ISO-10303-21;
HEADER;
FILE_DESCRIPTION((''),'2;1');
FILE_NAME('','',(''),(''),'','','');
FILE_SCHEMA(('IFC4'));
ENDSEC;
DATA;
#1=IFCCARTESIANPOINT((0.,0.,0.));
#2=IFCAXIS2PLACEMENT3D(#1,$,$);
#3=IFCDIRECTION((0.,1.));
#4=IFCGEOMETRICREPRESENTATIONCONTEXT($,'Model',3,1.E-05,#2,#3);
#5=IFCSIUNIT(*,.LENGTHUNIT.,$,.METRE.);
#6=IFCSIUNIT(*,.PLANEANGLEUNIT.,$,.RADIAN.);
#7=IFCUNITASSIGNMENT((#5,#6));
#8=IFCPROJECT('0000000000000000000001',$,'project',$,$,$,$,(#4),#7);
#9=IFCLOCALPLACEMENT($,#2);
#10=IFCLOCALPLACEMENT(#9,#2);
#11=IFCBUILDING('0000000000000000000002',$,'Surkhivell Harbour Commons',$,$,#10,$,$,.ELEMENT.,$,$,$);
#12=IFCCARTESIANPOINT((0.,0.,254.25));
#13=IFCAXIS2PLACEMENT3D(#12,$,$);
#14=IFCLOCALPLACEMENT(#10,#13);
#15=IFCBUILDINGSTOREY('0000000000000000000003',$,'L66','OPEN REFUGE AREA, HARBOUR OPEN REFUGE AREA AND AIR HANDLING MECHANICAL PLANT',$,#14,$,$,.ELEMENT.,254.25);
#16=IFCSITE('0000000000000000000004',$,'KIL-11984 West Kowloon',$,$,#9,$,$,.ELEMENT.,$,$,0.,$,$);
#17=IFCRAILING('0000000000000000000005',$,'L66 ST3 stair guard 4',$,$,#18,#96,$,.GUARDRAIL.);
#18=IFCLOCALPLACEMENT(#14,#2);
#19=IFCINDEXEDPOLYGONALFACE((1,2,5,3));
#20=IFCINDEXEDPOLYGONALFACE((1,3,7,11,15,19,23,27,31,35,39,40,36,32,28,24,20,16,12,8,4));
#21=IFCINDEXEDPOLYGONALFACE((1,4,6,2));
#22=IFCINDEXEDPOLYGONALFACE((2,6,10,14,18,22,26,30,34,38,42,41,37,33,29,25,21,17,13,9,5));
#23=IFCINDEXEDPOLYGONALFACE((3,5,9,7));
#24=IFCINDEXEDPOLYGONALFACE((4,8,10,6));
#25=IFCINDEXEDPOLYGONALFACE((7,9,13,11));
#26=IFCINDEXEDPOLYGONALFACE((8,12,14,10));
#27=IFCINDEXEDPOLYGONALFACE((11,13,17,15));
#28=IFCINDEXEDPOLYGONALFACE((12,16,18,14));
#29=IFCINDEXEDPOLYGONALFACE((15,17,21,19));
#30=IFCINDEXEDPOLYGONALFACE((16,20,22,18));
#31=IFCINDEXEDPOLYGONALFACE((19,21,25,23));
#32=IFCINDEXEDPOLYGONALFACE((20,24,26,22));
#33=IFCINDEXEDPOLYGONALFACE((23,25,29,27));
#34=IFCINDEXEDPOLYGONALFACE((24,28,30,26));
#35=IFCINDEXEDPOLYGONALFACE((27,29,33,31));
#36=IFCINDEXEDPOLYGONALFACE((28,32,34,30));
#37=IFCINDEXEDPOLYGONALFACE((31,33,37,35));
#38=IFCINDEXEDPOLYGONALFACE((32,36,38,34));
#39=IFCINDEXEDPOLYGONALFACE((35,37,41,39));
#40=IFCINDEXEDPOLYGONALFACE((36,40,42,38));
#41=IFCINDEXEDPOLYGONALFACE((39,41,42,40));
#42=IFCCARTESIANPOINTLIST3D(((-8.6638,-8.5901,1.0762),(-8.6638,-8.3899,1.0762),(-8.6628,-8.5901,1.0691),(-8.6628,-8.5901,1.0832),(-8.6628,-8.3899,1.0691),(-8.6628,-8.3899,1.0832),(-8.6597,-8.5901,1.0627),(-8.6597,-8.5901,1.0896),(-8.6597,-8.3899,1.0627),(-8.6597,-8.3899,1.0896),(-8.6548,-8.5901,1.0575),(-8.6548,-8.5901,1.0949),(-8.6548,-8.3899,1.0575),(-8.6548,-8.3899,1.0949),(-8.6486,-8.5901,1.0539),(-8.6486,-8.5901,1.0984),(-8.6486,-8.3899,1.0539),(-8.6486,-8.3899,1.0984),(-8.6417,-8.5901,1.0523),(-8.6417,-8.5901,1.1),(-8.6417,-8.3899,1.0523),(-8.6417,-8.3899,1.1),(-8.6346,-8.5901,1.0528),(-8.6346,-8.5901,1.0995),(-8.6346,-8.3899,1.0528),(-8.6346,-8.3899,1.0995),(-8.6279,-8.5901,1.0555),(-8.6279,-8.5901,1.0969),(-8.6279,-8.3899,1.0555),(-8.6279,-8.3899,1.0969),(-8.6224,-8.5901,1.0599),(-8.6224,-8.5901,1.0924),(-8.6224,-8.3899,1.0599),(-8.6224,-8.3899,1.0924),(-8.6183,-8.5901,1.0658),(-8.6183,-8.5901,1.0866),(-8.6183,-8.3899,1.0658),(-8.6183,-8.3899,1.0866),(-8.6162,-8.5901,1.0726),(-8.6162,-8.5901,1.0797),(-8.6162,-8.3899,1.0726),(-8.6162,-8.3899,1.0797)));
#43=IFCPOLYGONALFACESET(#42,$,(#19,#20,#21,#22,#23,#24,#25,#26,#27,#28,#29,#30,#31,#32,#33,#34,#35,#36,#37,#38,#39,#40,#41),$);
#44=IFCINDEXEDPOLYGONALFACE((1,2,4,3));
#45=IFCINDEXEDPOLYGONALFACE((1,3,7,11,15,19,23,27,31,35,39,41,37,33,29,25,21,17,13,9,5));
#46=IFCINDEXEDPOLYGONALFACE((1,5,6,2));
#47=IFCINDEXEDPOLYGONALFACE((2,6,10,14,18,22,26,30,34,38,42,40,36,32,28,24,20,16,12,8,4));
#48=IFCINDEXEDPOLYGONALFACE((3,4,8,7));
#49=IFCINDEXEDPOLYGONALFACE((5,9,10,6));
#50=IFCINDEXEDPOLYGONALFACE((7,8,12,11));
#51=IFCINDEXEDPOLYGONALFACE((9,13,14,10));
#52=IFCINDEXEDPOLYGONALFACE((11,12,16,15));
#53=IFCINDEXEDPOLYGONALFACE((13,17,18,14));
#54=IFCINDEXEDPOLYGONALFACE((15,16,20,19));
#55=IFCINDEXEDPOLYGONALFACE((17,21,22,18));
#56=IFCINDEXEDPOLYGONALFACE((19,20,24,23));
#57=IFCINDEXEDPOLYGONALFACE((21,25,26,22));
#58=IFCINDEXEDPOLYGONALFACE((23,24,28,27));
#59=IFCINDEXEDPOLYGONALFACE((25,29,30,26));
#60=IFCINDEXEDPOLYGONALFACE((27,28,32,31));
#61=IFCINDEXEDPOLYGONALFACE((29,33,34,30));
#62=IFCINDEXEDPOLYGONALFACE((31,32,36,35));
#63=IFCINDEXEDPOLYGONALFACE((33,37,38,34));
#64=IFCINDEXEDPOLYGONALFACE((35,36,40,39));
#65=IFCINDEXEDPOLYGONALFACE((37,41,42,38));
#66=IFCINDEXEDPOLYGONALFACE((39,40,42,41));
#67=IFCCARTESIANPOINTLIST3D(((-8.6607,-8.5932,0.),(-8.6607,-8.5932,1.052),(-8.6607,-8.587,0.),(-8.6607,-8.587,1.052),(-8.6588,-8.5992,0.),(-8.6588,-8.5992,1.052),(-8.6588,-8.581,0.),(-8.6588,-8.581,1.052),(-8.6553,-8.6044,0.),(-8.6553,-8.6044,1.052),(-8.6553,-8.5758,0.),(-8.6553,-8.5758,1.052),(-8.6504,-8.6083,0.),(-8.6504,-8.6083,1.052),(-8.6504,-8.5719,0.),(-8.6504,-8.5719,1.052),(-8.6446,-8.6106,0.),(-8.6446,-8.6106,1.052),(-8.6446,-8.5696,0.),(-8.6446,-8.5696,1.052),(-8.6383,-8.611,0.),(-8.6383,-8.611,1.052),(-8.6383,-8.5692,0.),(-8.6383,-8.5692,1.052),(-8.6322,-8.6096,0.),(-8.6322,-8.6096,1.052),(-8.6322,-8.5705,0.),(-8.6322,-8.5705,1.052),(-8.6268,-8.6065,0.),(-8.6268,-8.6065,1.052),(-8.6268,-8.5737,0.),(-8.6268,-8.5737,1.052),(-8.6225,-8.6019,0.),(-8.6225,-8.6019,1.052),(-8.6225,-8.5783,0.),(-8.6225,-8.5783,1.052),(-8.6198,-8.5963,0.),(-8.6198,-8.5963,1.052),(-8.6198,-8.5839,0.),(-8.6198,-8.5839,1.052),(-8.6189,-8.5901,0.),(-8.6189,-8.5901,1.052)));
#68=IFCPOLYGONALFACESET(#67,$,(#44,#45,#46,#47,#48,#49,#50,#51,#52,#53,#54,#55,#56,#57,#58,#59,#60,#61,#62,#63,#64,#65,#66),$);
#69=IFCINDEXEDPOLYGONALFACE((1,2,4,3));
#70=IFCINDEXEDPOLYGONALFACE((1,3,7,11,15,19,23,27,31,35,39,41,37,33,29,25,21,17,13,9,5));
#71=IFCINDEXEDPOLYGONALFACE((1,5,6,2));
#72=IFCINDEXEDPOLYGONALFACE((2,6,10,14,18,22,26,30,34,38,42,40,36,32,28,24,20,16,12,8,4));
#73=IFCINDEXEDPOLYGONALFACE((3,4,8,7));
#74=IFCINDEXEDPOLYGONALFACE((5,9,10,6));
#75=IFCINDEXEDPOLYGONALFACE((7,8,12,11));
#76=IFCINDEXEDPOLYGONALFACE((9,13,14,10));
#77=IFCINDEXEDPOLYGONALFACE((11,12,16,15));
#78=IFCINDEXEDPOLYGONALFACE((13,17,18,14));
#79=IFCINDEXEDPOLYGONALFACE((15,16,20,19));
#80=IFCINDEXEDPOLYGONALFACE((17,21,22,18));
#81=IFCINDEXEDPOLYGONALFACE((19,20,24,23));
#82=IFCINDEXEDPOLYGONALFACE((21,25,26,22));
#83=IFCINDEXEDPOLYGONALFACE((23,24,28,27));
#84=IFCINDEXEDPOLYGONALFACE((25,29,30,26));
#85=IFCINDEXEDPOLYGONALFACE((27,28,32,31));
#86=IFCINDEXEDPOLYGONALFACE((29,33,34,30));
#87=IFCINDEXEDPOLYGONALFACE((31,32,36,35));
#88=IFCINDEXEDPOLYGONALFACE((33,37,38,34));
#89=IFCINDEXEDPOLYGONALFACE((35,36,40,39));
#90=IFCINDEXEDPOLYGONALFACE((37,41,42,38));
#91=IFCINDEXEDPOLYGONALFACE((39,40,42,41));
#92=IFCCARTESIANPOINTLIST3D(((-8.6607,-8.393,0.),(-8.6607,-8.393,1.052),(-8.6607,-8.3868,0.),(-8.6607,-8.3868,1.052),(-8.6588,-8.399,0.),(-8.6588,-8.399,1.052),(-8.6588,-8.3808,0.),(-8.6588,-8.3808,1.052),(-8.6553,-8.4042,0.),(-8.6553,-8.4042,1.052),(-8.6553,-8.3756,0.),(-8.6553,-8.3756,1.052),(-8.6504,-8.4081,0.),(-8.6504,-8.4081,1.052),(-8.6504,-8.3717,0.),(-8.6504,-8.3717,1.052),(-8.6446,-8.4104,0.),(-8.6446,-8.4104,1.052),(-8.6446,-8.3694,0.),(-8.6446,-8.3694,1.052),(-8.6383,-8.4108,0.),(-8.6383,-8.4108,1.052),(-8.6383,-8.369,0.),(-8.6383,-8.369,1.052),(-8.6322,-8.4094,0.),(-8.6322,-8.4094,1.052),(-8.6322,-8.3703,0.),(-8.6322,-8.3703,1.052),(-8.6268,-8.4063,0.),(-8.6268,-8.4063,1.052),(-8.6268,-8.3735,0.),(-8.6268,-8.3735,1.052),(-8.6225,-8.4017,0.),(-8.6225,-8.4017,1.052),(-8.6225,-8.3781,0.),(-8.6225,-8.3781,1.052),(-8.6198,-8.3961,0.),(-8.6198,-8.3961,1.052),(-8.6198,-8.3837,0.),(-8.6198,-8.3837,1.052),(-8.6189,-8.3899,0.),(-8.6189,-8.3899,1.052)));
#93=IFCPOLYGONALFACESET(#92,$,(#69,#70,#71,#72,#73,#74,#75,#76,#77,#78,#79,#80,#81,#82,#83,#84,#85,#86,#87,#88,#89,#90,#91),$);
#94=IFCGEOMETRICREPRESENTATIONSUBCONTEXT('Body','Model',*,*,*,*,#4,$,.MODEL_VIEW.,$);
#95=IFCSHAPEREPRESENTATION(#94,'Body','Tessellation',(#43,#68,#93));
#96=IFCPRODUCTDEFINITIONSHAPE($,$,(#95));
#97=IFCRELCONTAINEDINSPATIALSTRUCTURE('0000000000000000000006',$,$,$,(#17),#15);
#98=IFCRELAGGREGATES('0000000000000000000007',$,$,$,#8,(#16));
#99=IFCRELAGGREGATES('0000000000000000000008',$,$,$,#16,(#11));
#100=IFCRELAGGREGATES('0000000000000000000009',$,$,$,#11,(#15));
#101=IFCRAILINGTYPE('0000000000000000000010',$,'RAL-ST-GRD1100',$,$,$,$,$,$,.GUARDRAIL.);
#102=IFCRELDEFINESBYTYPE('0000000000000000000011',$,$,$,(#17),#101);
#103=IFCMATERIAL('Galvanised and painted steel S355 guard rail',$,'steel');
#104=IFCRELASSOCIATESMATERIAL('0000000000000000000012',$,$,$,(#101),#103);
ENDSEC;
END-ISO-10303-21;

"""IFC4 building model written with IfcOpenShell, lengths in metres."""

from ifc_helpers import new_model, si_unit, direction, frame, origin, origin_2d, place, context, subcontext, project, spatial, circle, extrude, material, type_object, element, save


model = new_model("IFC4")

# Units and contexts
model_context = context("Model", 3, precision=1e-05, world=origin(), true_north=direction((0.0, 1.0)))
body_context = subcontext(model_context, "Body", "Model", "MODEL_VIEW")
ifc_project = project(units=[si_unit("LENGTHUNIT", "METRE"), si_unit("PLANEANGLEUNIT", "RADIAN")], contexts=[model_context])

# Site, building, storey
site_placement = place(None, origin())
site = spatial("IfcSite", under=ifc_project, at=site_placement, Name="KIL-11984 West Kowloon", CompositionType="ELEMENT", RefElevation=0.0)
building_placement = place(site_placement, origin())
building = spatial("IfcBuilding", under=site, at=building_placement, Name="Surkhivell Harbour Commons", CompositionType="ELEMENT")
storey_placement = place(building_placement, frame((0.0, 0.0, 254.25)))
storey = spatial("IfcBuildingStorey", under=building, at=storey_placement, Name="L66", Description="OPEN REFUGE AREA, HARBOUR OPEN REFUGE AREA AND AIR HANDLING MECHANICAL PLANT", CompositionType="ELEMENT", Elevation=254.25)

# Railing
ifc_material_1 = material(Name="Galvanised and painted steel S355 guard rail", Category="steel")
railing_type_1 = type_object("IfcRailingType", Name="RAL-ST-GRD1100", PredefinedType="GUARDRAIL", material=ifc_material_1)
railing_1_placement = place(storey_placement, frame((-8.6399, -8.5901, 0.0)))
element("IfcRailing", 1, at=railing_1_placement, inside=storey, type_object=railing_type_1, Name="L66 ST3 stair guard 4", PredefinedType="GUARDRAIL", context=body_context, shape_type="SweptSolid", body=[
    extrude(circle(Radius=0.0239, at=origin_2d()), frame((0.0, 0.0, 1.0762), z_axis=(0.0, 1.0, 0.0), x_axis=(-1.0, 0.0, 0.0)), (0.0, 0.0, 1.0), 0.2002),
    extrude(circle(Radius=0.021, at=origin_2d()), origin(), (0.0, 0.0, 1.0), 1.052),
    extrude(circle(Radius=0.021, at=origin_2d()), frame((0.0, 0.2002, 0.0)), (0.0, 0.0, 1.0), 1.052),
])

save(model, "model.ifc")
